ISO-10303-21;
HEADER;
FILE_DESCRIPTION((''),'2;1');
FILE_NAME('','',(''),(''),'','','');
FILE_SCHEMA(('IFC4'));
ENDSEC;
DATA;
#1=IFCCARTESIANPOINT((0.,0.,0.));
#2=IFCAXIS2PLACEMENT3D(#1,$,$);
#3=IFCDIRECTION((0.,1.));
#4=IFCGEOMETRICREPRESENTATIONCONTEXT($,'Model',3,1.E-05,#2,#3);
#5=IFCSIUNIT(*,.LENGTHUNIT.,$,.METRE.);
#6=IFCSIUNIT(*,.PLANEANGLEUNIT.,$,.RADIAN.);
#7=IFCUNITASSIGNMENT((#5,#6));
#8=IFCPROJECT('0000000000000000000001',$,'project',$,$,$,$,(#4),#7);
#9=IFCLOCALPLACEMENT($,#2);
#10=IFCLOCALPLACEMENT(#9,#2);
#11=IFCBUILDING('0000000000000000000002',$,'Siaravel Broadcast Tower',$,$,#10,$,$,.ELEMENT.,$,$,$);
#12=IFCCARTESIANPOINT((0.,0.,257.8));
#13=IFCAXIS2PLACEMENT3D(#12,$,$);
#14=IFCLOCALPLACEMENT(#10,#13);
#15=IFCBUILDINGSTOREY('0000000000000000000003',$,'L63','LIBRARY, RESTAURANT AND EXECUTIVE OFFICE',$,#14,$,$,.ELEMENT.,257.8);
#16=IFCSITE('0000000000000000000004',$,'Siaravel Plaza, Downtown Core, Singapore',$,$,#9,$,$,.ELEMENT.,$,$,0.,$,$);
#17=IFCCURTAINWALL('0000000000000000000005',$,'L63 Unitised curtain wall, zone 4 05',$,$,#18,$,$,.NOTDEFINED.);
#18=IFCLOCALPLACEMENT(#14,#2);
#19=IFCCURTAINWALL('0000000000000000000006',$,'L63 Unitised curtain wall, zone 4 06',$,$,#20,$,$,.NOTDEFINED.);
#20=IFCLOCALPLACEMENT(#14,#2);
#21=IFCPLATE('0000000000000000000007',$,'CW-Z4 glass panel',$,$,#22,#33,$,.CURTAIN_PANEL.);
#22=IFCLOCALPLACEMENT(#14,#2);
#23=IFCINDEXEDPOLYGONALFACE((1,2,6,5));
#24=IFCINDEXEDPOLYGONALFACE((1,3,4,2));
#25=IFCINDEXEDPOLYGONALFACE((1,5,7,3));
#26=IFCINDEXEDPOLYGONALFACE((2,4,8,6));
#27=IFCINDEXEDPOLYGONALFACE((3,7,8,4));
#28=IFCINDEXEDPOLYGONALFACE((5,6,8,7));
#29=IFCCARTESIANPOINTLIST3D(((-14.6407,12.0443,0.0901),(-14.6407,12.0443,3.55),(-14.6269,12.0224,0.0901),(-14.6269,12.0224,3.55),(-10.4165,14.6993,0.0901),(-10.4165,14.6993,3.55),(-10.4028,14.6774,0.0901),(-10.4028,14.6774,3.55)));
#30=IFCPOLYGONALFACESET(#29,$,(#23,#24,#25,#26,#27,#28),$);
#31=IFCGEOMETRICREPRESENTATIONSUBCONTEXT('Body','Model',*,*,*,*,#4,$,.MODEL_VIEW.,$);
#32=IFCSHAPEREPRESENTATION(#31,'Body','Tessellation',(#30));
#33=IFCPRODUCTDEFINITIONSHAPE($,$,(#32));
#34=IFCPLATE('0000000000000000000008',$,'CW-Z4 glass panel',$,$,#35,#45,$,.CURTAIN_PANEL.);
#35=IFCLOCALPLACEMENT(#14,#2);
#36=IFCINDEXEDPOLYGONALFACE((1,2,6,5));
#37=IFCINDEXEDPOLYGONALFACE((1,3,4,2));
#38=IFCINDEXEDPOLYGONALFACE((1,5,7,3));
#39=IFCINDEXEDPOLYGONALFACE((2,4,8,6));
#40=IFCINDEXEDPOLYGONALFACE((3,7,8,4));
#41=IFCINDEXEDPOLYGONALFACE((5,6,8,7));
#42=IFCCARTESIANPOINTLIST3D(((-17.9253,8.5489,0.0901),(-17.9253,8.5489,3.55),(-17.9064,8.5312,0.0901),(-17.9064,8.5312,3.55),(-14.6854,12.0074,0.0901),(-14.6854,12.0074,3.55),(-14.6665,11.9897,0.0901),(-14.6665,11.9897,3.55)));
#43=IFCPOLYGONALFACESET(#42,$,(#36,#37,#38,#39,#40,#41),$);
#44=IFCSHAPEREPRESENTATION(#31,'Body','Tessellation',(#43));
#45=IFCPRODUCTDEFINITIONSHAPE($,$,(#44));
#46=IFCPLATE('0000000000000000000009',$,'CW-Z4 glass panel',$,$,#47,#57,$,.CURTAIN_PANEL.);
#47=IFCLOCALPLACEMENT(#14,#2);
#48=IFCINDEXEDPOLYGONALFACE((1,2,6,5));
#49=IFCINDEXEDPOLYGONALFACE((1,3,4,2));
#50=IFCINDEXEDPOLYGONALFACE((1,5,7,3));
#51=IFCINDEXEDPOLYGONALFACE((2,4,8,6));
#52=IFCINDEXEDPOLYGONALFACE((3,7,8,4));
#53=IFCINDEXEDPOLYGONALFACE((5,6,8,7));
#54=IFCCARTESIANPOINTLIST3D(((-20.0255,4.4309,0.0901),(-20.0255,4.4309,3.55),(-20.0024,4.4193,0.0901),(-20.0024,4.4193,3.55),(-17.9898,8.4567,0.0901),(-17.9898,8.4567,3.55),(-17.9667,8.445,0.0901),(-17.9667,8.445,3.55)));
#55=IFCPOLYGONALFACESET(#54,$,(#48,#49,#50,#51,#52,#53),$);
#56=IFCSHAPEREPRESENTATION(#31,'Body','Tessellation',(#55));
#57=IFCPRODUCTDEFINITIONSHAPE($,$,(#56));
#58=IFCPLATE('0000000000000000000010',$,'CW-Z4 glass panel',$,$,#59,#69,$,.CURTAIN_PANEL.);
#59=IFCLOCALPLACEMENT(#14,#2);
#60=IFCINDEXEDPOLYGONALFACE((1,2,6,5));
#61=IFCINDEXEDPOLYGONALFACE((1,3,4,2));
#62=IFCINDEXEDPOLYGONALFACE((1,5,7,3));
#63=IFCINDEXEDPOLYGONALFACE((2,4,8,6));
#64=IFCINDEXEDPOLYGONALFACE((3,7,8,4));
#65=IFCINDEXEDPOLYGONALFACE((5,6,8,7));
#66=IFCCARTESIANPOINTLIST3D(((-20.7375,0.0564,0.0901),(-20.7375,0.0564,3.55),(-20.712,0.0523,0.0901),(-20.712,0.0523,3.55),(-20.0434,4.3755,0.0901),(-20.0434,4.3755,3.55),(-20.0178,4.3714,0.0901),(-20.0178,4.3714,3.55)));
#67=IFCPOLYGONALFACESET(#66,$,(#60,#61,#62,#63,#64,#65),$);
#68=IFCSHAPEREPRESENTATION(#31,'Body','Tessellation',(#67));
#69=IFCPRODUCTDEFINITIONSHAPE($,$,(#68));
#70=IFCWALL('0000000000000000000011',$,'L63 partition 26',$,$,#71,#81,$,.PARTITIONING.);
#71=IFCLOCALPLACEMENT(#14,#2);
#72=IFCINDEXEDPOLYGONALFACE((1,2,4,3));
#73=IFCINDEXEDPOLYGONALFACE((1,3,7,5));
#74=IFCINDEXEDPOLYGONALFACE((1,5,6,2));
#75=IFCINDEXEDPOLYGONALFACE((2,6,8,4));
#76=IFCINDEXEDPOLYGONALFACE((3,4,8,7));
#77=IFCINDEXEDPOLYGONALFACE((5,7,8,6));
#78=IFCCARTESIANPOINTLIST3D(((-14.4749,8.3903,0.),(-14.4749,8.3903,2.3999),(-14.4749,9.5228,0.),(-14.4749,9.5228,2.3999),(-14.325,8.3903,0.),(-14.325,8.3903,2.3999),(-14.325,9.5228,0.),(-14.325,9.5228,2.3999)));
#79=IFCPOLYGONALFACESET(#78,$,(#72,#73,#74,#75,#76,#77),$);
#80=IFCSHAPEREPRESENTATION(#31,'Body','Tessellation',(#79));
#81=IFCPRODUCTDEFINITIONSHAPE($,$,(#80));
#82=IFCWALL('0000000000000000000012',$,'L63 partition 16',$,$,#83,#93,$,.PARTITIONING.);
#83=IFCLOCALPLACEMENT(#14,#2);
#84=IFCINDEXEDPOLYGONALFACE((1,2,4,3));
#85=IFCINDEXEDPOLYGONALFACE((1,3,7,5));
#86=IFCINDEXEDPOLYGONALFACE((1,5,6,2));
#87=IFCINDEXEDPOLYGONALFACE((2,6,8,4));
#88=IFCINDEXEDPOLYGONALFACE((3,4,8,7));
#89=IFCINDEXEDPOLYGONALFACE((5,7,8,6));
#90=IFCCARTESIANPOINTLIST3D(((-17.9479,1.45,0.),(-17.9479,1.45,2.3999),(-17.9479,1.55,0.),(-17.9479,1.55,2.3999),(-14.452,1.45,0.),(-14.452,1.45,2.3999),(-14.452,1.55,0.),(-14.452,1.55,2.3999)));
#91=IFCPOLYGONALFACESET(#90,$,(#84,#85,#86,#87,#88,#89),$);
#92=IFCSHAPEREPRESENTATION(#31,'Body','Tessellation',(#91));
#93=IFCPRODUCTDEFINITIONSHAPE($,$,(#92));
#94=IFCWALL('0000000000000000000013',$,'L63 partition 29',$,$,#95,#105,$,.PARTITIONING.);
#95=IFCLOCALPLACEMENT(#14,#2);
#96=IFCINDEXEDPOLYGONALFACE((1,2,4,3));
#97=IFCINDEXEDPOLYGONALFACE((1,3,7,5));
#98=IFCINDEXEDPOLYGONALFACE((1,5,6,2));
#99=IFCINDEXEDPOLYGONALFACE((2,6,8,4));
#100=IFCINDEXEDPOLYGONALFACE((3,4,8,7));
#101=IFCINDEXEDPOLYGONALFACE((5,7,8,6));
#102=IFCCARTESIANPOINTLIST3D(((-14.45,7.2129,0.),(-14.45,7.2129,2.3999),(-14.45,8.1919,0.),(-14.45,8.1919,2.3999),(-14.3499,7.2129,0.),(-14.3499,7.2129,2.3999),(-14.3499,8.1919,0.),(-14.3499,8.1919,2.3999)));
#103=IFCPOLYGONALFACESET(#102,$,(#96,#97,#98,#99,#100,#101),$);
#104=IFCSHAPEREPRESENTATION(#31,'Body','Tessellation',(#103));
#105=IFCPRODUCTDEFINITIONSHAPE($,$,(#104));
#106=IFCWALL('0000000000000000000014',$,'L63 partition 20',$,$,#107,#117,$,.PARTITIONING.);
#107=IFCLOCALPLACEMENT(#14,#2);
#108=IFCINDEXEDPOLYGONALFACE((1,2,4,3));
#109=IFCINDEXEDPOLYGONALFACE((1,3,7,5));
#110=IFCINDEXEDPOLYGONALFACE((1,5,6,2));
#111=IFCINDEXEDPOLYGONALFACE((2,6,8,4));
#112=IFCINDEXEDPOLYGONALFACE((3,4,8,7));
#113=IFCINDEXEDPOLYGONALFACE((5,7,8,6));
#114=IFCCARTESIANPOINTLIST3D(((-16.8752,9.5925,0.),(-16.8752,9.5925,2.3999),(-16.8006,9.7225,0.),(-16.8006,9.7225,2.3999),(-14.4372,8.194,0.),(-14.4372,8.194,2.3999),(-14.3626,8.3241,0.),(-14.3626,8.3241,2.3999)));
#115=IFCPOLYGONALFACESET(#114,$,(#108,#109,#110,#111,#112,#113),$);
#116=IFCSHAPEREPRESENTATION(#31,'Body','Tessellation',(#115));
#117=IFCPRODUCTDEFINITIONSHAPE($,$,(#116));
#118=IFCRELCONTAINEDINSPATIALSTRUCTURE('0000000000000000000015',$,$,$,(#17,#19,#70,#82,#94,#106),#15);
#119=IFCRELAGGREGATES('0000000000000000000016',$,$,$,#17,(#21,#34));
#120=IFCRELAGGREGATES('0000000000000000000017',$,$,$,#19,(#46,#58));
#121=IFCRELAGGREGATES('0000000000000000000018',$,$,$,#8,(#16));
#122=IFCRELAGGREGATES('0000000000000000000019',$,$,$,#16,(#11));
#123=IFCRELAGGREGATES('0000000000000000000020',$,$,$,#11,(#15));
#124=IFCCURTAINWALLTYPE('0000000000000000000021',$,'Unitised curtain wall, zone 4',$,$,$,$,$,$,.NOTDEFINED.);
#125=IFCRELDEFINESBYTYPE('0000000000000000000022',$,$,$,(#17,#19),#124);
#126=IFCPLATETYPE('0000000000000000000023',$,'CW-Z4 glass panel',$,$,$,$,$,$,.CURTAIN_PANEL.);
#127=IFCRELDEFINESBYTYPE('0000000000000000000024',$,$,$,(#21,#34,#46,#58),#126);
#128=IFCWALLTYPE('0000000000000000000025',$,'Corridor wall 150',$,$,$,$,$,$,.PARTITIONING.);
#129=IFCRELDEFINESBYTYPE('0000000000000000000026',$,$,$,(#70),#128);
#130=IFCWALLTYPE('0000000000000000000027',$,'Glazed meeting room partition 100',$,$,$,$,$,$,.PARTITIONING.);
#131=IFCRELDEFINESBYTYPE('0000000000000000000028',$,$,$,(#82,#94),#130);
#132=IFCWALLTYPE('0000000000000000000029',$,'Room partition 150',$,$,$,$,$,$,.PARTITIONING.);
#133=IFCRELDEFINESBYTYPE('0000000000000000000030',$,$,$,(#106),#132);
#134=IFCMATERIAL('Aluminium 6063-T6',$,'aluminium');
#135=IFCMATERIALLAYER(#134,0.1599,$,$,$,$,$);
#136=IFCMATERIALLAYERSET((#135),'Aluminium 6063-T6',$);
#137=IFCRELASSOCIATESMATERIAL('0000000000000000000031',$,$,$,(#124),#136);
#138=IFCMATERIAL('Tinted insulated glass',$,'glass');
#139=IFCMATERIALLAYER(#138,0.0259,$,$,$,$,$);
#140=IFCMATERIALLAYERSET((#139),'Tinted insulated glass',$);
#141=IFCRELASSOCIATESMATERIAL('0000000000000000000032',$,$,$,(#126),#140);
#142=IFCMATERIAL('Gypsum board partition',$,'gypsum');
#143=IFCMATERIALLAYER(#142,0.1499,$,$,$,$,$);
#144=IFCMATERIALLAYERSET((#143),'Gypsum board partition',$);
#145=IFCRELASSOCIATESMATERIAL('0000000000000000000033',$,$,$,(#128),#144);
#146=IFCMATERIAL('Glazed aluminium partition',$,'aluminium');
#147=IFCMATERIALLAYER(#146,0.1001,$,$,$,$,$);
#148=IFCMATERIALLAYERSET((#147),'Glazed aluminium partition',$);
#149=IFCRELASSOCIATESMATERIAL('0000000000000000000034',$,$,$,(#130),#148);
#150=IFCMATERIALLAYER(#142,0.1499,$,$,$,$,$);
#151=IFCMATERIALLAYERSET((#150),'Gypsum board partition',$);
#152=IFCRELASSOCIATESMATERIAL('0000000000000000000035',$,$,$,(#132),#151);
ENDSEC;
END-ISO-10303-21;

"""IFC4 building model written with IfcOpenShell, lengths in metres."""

from ifc_helpers import new_model, si_unit, direction, frame, frame_2d, origin, origin_2d, place, context, subcontext, project, spatial, rectangle, extrude, material, layer, layer_set, type_object, element, aggregate, save


model = new_model("IFC4")

# Units and contexts
model_context = context("Model", 3, precision=1e-05, world=origin(), true_north=direction((0.0, 1.0)))
body_context = subcontext(model_context, "Body", "Model", "MODEL_VIEW")
ifc_project = project(units=[si_unit("LENGTHUNIT", "METRE"), si_unit("PLANEANGLEUNIT", "RADIAN")], contexts=[model_context])

# Site, building, storey
site_placement = place(None, origin())
site = spatial("IfcSite", under=ifc_project, at=site_placement, Name="Siaravel Plaza, Downtown Core, Singapore", CompositionType="ELEMENT", RefElevation=0.0)
building_placement = place(site_placement, origin())
building = spatial("IfcBuilding", under=site, at=building_placement, Name="Siaravel Broadcast Tower", CompositionType="ELEMENT")
storey_placement = place(building_placement, frame((0.0, 0.0, 257.8)))
storey = spatial("IfcBuildingStorey", under=building, at=storey_placement, Name="L63", Description="LIBRARY, RESTAURANT AND EXECUTIVE OFFICE", CompositionType="ELEMENT", Elevation=257.8)

# Curtain walls
ifc_material_1 = material(Name="Aluminium 6063-T6", Category="aluminium")
ifc_layer_1 = layer(ifc_material_1, 0.1599)
ifc_layer_set_1 = layer_set([ifc_layer_1], Name="Aluminium 6063-T6")
curtain_wall_type = type_object("IfcCurtainWallType", Name="Unitised curtain wall, zone 4", PredefinedType="NOTDEFINED", material=ifc_layer_set_1)
curtain_wall_1_placement = place(storey_placement, origin())
curtain_wall_1 = element("IfcCurtainWall", 1, at=curtain_wall_1_placement, inside=storey, type_object=curtain_wall_type, Name="L63 Unitised curtain wall, zone 4 05", PredefinedType="NOTDEFINED")
curtain_wall_2_placement = place(storey_placement, origin())
curtain_wall_2 = element("IfcCurtainWall", 2, at=curtain_wall_2_placement, inside=storey, type_object=curtain_wall_type, Name="L63 Unitised curtain wall, zone 4 06", PredefinedType="NOTDEFINED")

# Plates
ifc_material_2 = material(Name="Tinted insulated glass", Category="glass")
ifc_layer_2 = layer(ifc_material_2, 0.0259)
ifc_layer_set_2 = layer_set([ifc_layer_2], Name="Tinted insulated glass")
plate_type = type_object("IfcPlateType", Name="CW-Z4 glass panel", PredefinedType="CURTAIN_PANEL", material=ifc_layer_set_2)
plate_1_placement = place(storey_placement, frame((-12.5217, 13.3608, 0.0901), z_axis=(0.0, 0.0, 1.0), x_axis=(-0.84665, -0.532151, 0.0)))
plate_1 = element("IfcPlate", 3, at=plate_1_placement, type_object=plate_type, Name="CW-Z4 glass panel", PredefinedType="CURTAIN_PANEL", context=body_context, shape_type="SweptSolid", body=[
    extrude(rectangle(XDim=4.9893, YDim=0.0259, at=origin_2d()), origin(), (0.0, 0.0, 1.0), 3.46),
])
plate_2_placement = place(storey_placement, frame((-16.2959, 10.2693, 0.0901), z_axis=(0.0, 0.0, 1.0), x_axis=(-0.683654, -0.729807, 0.0)))
plate_2 = element("IfcPlate", 4, at=plate_2_placement, type_object=plate_type, Name="CW-Z4 glass panel", PredefinedType="CURTAIN_PANEL", context=body_context, shape_type="SweptSolid", body=[
    extrude(rectangle(XDim=4.739, YDim=0.0259, at=origin_2d()), origin(), (0.0, 0.0, 1.0), 3.46),
])
aggregate(curtain_wall_1, [plate_1, plate_2])
plate_3_placement = place(storey_placement, frame((-18.9961, 6.438, 0.0901), z_axis=(0.0, 0.0, 1.0), x_axis=(-0.451259, -0.892393, 0.0)))
plate_3 = element("IfcPlate", 5, at=plate_3_placement, type_object=plate_type, Name="CW-Z4 glass panel", PredefinedType="CURTAIN_PANEL", context=body_context, shape_type="SweptSolid", body=[
    extrude(rectangle(XDim=4.5112, YDim=0.0259, at=origin_2d()), origin(), (0.0, 0.0, 1.0), 3.46),
])
plate_4_placement = place(storey_placement, frame((-20.3777, 2.2139, 0.0901), z_axis=(0.0, 0.0, 1.0), x_axis=(-0.158685, -0.987329, 0.0)))
plate_4 = element("IfcPlate", 6, at=plate_4_placement, type_object=plate_type, Name="CW-Z4 glass panel", PredefinedType="CURTAIN_PANEL", context=body_context, shape_type="SweptSolid", body=[
    extrude(rectangle(XDim=4.3745, YDim=0.0259, at=origin_2d()), origin(), (0.0, 0.0, 1.0), 3.46),
])
aggregate(curtain_wall_2, [plate_3, plate_4])

# Wall
ifc_material_3 = material(Name="Gypsum board partition", Category="gypsum")
ifc_layer_3 = layer(ifc_material_3, 0.1499)
ifc_layer_set_3 = layer_set([ifc_layer_3], Name="Gypsum board partition")
wall_type_1 = type_object("IfcWallType", Name="Corridor wall 150", PredefinedType="PARTITIONING", material=ifc_layer_set_3)
wall_1_placement = place(storey_placement, frame((-14.3999, 9.5229, 0.0), z_axis=(0.0, 0.0, 1.0), x_axis=(0.0, -1.0, 0.0)))
element("IfcWall", 7, at=wall_1_placement, inside=storey, type_object=wall_type_1, Name="L63 partition 26", PredefinedType="PARTITIONING", context=body_context, shape_type="SweptSolid", body=[
    extrude(rectangle(XDim=1.1326, YDim=0.1499, at=frame_2d((0.5664, 0.0))), origin(), (0.0, 0.0, 1.0), 2.3999),
])

# Shared definitions
ifc_material_4 = material(Name="Glazed aluminium partition", Category="aluminium")
ifc_layer_4 = layer(ifc_material_4, 0.1001)
ifc_layer_set_4 = layer_set([ifc_layer_4], Name="Glazed aluminium partition")
wall_type_2 = type_object("IfcWallType", Name="Glazed meeting room partition 100", PredefinedType="PARTITIONING", material=ifc_layer_set_4)

# Walls
wall_2_placement = place(storey_placement, frame((-14.4519, 1.5, 0.0), z_axis=(0.0, 0.0, 1.0), x_axis=(-1.0, 0.0, 0.0)))
element("IfcWall", 8, at=wall_2_placement, inside=storey, type_object=wall_type_2, Name="L63 partition 16", PredefinedType="PARTITIONING", context=body_context, shape_type="SweptSolid", body=[
    extrude(rectangle(XDim=3.4958, YDim=0.1001, at=frame_2d((1.748, 0.0))), origin(), (0.0, 0.0, 1.0), 2.3999),
])
wall_3_placement = place(storey_placement, frame((-14.3999, 8.1919, 0.0), z_axis=(0.0, 0.0, 1.0), x_axis=(0.0, -1.0, 0.0)))
element("IfcWall", 9, at=wall_3_placement, inside=storey, type_object=wall_type_2, Name="L63 partition 29", PredefinedType="PARTITIONING", context=body_context, shape_type="SweptSolid", body=[
    extrude(rectangle(XDim=0.979, YDim=0.1001, at=frame_2d((0.4895, 0.0))), origin(), (0.0, 0.0, 1.0), 2.3999),
])
ifc_layer_5 = layer(ifc_material_3, 0.1499)
ifc_layer_set_5 = layer_set([ifc_layer_5], Name="Gypsum board partition")
wall_type_3 = type_object("IfcWallType", Name="Room partition 150", PredefinedType="PARTITIONING", material=ifc_layer_set_5)
wall_4_placement = place(storey_placement, frame((-16.8379, 9.6575, 0.0), z_axis=(0.0, 0.0, 1.0), x_axis=(0.867429, -0.49756, 0.0)))
element("IfcWall", 10, at=wall_4_placement, inside=storey, type_object=wall_type_3, Name="L63 partition 20", PredefinedType="PARTITIONING", context=body_context, shape_type="SweptSolid", body=[
    extrude(rectangle(XDim=2.8105, YDim=0.1499, at=frame_2d((1.4053, 0.0))), origin(), (0.0, 0.0, 1.0), 2.3999),
])

save(model, "model.ifc")
